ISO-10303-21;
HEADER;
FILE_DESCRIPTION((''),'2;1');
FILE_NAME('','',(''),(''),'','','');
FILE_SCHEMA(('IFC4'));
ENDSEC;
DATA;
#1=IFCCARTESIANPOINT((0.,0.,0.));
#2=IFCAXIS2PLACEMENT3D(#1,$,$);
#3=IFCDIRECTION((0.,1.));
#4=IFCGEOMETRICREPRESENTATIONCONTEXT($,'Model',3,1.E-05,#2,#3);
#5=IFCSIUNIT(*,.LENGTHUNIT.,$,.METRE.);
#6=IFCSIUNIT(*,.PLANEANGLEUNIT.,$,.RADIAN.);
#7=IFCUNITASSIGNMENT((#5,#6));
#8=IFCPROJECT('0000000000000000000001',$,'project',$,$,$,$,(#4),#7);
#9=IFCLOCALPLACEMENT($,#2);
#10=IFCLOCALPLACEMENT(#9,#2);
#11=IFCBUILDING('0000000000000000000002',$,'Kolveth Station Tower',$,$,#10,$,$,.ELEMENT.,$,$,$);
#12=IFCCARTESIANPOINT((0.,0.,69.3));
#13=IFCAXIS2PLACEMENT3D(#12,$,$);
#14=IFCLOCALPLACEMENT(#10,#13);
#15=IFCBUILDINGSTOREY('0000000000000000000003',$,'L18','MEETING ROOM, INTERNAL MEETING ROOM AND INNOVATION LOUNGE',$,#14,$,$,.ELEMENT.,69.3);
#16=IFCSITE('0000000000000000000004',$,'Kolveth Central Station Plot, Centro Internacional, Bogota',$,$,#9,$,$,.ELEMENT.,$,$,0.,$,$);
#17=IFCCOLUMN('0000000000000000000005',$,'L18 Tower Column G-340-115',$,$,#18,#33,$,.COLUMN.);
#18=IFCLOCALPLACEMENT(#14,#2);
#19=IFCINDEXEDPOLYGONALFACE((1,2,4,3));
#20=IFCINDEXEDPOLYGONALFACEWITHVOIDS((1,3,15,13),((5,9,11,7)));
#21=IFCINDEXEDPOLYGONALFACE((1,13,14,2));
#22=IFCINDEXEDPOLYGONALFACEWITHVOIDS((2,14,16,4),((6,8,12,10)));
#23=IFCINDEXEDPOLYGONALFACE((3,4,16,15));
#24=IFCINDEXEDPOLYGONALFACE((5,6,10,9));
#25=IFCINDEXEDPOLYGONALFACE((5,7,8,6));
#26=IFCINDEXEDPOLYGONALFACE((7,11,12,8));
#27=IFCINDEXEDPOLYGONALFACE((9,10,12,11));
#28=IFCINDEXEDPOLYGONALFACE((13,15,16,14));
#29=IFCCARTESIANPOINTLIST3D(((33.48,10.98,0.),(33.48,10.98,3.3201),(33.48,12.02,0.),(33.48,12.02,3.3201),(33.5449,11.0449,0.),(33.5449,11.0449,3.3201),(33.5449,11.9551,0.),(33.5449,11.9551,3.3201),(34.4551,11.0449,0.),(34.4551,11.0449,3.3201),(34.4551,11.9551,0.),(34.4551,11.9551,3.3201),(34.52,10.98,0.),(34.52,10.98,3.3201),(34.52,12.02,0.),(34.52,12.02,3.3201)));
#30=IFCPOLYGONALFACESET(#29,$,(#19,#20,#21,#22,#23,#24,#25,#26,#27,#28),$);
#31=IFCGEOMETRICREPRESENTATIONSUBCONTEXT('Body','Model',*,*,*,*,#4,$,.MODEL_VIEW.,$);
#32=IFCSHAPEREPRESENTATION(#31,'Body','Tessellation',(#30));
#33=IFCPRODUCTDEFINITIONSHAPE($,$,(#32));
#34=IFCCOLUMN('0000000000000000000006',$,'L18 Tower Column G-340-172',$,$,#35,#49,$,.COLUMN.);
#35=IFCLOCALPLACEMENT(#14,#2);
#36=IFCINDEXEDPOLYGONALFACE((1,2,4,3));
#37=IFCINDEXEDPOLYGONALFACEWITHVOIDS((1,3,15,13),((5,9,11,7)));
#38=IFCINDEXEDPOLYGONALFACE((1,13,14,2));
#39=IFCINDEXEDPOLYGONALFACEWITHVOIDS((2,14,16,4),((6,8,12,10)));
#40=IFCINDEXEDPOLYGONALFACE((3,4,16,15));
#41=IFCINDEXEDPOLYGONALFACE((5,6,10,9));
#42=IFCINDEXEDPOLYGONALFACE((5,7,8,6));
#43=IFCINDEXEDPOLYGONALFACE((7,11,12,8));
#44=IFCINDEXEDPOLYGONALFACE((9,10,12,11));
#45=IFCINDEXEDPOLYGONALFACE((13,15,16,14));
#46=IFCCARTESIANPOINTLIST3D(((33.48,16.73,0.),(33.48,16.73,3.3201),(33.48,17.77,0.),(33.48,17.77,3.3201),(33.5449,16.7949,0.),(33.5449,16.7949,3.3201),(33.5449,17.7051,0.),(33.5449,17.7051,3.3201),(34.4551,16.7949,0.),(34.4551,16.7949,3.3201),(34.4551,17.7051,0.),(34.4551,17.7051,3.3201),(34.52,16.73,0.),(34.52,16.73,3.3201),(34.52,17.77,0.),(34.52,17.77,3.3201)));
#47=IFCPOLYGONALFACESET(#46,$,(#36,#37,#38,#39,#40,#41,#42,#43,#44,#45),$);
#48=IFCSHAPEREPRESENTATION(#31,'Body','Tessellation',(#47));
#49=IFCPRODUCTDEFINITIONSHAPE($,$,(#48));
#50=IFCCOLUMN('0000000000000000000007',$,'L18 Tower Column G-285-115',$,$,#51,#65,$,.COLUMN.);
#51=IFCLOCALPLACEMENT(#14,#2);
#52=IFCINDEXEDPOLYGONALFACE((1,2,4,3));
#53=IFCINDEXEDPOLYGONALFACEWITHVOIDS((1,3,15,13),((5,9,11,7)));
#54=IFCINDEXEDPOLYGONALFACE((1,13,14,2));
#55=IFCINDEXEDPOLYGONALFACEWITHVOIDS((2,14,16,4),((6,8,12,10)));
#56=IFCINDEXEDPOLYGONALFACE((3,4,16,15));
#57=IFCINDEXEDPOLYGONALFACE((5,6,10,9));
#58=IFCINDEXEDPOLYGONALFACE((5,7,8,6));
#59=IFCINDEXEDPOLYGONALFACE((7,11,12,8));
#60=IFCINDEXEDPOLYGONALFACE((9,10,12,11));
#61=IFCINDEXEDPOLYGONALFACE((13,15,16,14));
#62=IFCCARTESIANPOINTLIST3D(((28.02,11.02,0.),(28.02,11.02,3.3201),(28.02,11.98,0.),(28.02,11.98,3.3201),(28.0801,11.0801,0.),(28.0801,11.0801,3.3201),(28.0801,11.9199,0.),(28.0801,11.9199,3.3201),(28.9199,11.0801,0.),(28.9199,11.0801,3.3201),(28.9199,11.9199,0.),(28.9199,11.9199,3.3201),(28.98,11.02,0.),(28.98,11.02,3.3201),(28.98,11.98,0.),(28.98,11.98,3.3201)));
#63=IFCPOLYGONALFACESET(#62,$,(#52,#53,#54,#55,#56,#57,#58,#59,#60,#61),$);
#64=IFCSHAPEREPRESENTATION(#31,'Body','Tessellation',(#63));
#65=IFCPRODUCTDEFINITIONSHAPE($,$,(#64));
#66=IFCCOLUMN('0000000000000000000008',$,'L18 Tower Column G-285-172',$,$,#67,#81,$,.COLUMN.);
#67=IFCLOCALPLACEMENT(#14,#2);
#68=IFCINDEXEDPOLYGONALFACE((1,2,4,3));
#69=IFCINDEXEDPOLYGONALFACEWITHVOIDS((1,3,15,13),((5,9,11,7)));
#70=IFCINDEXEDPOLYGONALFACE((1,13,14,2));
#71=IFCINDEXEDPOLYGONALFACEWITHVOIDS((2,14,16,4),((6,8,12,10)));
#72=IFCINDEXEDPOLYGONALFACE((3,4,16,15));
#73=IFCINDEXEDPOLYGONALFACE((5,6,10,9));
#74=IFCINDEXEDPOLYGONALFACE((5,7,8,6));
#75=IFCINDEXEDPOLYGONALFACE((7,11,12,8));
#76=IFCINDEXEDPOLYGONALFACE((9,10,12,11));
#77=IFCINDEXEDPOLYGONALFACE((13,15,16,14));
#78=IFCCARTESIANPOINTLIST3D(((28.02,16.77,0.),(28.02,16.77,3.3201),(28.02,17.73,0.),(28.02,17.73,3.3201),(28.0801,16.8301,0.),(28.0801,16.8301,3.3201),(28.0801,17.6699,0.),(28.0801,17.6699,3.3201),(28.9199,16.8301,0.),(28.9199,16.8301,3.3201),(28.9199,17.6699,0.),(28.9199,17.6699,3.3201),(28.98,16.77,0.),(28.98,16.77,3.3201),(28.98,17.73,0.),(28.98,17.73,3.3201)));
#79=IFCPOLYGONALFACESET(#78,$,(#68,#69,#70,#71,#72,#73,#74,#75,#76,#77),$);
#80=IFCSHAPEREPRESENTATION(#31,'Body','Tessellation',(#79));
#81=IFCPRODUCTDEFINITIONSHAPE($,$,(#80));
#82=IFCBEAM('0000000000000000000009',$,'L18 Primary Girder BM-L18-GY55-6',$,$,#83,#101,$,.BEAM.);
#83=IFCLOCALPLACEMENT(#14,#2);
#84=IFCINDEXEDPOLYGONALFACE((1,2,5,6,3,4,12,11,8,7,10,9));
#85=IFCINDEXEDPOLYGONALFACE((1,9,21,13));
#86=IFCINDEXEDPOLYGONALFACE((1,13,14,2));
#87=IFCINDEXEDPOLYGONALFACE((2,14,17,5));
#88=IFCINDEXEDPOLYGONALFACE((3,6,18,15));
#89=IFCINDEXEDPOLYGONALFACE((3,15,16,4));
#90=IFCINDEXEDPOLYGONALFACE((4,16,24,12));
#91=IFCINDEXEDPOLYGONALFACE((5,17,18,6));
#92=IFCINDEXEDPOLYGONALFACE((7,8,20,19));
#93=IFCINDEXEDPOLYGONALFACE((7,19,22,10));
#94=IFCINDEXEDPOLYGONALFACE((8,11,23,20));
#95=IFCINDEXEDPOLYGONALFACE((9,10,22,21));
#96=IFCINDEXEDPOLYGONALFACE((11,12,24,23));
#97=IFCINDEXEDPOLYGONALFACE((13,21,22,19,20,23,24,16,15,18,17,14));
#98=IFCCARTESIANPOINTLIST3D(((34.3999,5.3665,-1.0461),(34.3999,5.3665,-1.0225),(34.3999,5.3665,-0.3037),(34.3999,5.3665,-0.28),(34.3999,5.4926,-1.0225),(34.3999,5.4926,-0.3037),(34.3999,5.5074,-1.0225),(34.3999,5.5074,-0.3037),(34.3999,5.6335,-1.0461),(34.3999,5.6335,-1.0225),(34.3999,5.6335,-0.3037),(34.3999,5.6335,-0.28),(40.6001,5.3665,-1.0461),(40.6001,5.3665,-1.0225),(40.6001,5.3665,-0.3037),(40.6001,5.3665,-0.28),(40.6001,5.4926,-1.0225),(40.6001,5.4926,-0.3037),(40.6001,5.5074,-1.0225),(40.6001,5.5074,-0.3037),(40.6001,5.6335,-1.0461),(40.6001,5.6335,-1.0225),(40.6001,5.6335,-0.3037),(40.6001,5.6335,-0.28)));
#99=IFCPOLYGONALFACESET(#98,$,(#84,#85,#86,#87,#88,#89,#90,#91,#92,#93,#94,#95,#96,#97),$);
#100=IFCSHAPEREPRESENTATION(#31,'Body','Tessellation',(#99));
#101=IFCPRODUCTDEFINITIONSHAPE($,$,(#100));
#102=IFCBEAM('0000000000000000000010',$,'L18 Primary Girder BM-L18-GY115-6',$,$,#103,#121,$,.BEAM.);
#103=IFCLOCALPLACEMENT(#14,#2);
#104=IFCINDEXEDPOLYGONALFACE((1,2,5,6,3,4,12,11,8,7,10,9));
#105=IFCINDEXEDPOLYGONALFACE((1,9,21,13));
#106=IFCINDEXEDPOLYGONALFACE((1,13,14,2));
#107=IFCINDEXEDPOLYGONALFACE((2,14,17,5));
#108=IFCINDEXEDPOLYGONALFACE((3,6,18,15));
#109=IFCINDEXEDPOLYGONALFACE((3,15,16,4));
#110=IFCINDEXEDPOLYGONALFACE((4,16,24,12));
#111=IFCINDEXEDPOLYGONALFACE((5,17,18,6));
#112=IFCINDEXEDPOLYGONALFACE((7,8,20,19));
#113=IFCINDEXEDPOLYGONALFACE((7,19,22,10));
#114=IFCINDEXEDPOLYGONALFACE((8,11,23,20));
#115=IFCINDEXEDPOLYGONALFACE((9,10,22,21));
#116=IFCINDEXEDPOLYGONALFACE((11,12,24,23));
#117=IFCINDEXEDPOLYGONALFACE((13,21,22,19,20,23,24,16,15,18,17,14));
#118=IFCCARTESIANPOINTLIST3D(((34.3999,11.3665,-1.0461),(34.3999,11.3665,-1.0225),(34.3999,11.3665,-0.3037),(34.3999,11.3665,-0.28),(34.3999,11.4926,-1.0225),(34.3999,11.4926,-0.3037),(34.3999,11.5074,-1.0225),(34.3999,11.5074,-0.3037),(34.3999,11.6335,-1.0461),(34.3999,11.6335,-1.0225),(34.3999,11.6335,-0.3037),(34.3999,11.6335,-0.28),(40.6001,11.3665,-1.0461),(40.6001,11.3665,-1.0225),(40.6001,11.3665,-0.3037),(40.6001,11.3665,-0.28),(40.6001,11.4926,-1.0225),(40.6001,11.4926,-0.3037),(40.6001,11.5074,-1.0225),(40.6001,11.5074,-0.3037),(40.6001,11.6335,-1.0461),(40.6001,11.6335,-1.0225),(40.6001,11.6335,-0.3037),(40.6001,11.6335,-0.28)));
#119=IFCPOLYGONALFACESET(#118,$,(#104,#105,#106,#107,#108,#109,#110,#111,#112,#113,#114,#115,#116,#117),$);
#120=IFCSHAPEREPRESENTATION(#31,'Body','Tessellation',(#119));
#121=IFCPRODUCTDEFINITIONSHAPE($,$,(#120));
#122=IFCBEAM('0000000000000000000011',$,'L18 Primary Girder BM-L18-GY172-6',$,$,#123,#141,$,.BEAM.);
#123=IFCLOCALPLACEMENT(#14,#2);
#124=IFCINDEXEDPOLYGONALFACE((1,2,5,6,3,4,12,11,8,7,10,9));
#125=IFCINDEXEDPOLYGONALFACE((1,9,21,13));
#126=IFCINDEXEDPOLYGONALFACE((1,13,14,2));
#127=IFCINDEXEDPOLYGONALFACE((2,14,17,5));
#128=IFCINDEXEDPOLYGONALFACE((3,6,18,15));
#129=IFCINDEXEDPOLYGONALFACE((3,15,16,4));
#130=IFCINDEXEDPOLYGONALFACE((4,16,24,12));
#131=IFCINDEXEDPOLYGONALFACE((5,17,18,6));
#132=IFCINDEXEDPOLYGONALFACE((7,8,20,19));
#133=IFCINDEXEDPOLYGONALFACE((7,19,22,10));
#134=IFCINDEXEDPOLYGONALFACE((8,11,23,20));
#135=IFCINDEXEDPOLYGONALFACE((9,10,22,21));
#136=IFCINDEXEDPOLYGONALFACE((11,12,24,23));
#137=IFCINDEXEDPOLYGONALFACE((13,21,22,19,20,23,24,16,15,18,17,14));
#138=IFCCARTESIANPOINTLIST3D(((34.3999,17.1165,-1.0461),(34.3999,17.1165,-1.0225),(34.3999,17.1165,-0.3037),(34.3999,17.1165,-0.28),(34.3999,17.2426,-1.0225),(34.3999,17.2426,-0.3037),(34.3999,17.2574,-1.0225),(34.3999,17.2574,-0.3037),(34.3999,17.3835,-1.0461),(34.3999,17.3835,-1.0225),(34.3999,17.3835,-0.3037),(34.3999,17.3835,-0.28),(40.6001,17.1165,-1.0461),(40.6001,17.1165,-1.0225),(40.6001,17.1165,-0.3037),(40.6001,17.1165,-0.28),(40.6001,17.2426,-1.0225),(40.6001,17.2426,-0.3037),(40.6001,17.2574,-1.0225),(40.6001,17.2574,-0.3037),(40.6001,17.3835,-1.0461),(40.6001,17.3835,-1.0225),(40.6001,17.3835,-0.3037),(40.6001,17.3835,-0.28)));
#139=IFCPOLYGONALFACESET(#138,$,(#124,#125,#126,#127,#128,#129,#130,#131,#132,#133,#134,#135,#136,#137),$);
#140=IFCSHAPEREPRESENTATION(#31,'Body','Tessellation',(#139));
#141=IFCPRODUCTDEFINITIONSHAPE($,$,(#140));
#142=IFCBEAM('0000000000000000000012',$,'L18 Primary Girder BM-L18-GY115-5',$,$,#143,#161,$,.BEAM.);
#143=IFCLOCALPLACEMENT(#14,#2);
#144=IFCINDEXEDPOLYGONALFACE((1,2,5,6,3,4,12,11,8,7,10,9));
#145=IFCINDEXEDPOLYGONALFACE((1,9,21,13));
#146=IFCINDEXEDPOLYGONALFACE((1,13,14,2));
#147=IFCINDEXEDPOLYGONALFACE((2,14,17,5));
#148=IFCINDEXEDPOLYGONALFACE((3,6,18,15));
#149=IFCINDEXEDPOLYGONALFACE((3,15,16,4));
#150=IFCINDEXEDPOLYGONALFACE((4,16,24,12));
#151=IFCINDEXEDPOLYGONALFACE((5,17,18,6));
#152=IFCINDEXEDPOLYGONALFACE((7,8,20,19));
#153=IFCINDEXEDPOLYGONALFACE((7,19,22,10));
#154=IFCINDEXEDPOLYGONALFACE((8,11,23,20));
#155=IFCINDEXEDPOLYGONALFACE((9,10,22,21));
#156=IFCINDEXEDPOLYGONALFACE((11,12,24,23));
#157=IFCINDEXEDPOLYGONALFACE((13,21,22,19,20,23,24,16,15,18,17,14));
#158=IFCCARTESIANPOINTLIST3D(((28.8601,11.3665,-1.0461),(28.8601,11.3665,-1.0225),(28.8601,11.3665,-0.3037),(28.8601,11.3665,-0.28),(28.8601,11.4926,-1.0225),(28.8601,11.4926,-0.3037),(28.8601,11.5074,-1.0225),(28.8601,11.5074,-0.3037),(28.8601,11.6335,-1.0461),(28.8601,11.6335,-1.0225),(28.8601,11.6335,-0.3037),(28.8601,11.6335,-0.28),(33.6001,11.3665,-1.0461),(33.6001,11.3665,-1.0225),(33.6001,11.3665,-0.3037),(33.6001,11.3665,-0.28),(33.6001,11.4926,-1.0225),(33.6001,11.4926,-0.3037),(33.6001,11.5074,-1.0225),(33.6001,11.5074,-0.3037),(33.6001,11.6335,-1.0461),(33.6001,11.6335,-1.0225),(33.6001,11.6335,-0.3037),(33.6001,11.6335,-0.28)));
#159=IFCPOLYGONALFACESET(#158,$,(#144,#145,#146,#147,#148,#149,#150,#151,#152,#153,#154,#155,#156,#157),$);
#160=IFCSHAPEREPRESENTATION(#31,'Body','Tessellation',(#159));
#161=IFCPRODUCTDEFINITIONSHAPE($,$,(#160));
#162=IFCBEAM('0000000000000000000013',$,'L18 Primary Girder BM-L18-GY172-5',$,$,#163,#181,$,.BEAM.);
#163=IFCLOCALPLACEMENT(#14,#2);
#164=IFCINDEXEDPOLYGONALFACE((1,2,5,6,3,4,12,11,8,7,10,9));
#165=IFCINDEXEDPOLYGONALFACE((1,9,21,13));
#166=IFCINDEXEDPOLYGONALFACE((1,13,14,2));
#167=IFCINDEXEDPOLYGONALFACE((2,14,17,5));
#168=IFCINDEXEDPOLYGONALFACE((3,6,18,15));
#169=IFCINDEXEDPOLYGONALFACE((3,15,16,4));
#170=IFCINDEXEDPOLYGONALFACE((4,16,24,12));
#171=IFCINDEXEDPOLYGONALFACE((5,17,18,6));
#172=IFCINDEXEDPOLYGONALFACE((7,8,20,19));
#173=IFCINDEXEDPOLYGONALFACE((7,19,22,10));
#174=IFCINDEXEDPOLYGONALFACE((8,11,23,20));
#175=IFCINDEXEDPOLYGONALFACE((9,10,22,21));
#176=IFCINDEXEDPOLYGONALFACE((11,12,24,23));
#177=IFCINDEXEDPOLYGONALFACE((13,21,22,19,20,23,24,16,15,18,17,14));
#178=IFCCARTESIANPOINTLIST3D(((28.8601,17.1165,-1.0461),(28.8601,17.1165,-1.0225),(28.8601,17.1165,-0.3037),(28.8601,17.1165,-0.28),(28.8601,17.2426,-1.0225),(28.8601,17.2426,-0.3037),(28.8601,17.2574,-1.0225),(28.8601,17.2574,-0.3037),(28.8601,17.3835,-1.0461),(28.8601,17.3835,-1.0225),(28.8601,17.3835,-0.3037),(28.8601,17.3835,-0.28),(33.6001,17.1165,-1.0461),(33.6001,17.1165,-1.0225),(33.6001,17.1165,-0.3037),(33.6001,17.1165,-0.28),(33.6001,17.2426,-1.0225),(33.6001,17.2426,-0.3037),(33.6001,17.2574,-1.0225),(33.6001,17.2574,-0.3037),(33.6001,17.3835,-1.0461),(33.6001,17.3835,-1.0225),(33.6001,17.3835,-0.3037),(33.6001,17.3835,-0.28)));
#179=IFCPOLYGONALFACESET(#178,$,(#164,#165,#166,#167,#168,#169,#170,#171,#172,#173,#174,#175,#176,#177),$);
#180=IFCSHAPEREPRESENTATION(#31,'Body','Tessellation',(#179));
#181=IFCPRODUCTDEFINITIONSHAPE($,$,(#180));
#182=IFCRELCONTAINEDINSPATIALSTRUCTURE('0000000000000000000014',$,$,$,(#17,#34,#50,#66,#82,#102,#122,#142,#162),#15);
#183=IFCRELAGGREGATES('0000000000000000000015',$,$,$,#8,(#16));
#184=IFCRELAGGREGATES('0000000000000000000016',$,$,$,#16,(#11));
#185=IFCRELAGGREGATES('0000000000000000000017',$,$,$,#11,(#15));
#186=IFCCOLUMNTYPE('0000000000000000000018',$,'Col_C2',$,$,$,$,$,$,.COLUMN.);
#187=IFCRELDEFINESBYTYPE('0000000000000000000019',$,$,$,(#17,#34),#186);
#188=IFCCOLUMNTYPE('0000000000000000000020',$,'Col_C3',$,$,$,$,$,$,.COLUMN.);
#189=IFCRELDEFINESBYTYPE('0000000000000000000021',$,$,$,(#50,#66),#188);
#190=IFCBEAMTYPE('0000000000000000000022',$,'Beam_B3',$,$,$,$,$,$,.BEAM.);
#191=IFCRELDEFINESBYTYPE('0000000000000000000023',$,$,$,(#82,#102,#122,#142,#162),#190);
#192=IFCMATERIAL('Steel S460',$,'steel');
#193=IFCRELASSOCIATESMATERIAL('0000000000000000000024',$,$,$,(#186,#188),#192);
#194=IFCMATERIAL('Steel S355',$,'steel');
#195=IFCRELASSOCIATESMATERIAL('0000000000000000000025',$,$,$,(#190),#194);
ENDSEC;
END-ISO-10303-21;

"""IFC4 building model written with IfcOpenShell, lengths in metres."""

from ifc_helpers import new_model, si_unit, direction, frame, origin, origin_2d, place, context, subcontext, project, spatial, hollow_rectangle, i_section, extrude, source, transform, mapped, material, material_profile, profile_set, type_object, element, save


model = new_model("IFC4")

# Units and contexts
model_context = context("Model", 3, precision=1e-05, world=origin(), true_north=direction((0.0, 1.0)))
body_context = subcontext(model_context, "Body", "Model", "MODEL_VIEW")
ifc_project = project(units=[si_unit("LENGTHUNIT", "METRE"), si_unit("PLANEANGLEUNIT", "RADIAN")], contexts=[model_context])

# Site, building, storey
site_placement = place(None, origin())
site = spatial("IfcSite", under=ifc_project, at=site_placement, Name="Kolveth Central Station Plot, Centro Internacional, Bogota", CompositionType="ELEMENT", RefElevation=0.0)
building_placement = place(site_placement, origin())
building = spatial("IfcBuilding", under=site, at=building_placement, Name="Kolveth Station Tower", CompositionType="ELEMENT")
storey_placement = place(building_placement, frame((0.0, 0.0, 69.3)))
storey = spatial("IfcBuildingStorey", under=building, at=storey_placement, Name="L18", Description="MEETING ROOM, INTERNAL MEETING ROOM AND INNOVATION LOUNGE", CompositionType="ELEMENT", Elevation=69.3)

# Columns
ifc_material_1 = material(Name="Steel S460", Category="steel")
ifc_material_profile_1 = material_profile(ifc_material_1, hollow_rectangle(XDim=1.04, YDim=1.04, WallThickness=0.0649, at=origin_2d()), Name="BOX1040x1040x65")
ifc_profile_set_1 = profile_set([ifc_material_profile_1], Name="Steel S460")
column_type_1 = type_object("IfcColumnType", Name="Col_C2", PredefinedType="COLUMN", material=ifc_profile_set_1)
shared_shape_1 = source(origin(), body_context, "Body", "SweptSolid", [
    extrude(hollow_rectangle(XDim=1.04, YDim=1.04, WallThickness=0.0649, at=origin_2d()), origin(), (0.0, 0.0, 1.0), 3.3201),
])
for number, where, z_axis, x_axis, name in (
    (1, (34.0, 11.5, 0.0), (0.0, 0.0, 1.0), (1.0, 0.0, 0.0), "L18 Tower Column G-340-115"),
    (2, (34.0, 17.25, 0.0), (0.0, 0.0, 1.0), (1.0, 0.0, 0.0), "L18 Tower Column G-340-172"),
):
    element("IfcColumn", number, at=place(storey_placement, frame(where, z_axis=z_axis, x_axis=x_axis)), inside=storey, type_object=column_type_1, Name=name, PredefinedType="COLUMN", context=body_context, shape_type="MappedRepresentation", body=[
        mapped(shared_shape_1, transform((0.0, 0.0, 0.0), x_axis=(1.0, 0.0, 0.0), y_axis=(0.0, 1.0, 0.0), z_axis=(0.0, 0.0, 1.0), scale=1.0)),
    ])
ifc_material_profile_2 = material_profile(ifc_material_1, hollow_rectangle(XDim=0.96, YDim=0.96, WallThickness=0.0601, at=origin_2d()), Name="BOX960x960x60")
ifc_profile_set_2 = profile_set([ifc_material_profile_2], Name="Steel S460")
column_type_2 = type_object("IfcColumnType", Name="Col_C3", PredefinedType="COLUMN", material=ifc_profile_set_2)
shared_shape_2 = source(origin(), body_context, "Body", "SweptSolid", [
    extrude(hollow_rectangle(XDim=0.96, YDim=0.96, WallThickness=0.0601, at=origin_2d()), origin(), (0.0, 0.0, 1.0), 3.3201),
])
for number, where, z_axis, x_axis, name in (
    (3, (28.5, 11.5, 0.0), (0.0, 0.0, 1.0), (1.0, 0.0, 0.0), "L18 Tower Column G-285-115"),
    (4, (28.5, 17.25, 0.0), (0.0, 0.0, 1.0), (1.0, 0.0, 0.0), "L18 Tower Column G-285-172"),
):
    element("IfcColumn", number, at=place(storey_placement, frame(where, z_axis=z_axis, x_axis=x_axis)), inside=storey, type_object=column_type_2, Name=name, PredefinedType="COLUMN", context=body_context, shape_type="MappedRepresentation", body=[
        mapped(shared_shape_2, transform((0.0, 0.0, 0.0), x_axis=(1.0, 0.0, 0.0), y_axis=(0.0, 1.0, 0.0), z_axis=(0.0, 0.0, 1.0), scale=1.0)),
    ])

# Beams
ifc_material_2 = material(Name="Steel S355", Category="steel")
ifc_material_profile_3 = material_profile(ifc_material_2, i_section(OverallWidth=0.2671, OverallDepth=0.7661, WebThickness=0.0149, FlangeThickness=0.0237, at=origin_2d()), Name="W760x185")
ifc_profile_set_3 = profile_set([ifc_material_profile_3], Name="Steel S355")
beam_type_1 = type_object("IfcBeamType", Name="Beam_B3", PredefinedType="BEAM", material=ifc_profile_set_3)
shared_shape_3 = source(origin(), body_context, "Body", "SweptSolid", [
    extrude(i_section(OverallWidth=0.2671, OverallDepth=0.7661, WebThickness=0.0149, FlangeThickness=0.0237, at=origin_2d()), origin(), (0.0, 0.0, 1.0), 6.2002),
])
for number, where, z_axis, x_axis, name in (
    (5, (34.3999, 5.5, -0.6631), (1.0, 0.0, 0.0), (0.0, 1.0, 0.0), "L18 Primary Girder BM-L18-GY55-6"),
    (6, (34.3999, 11.5, -0.6631), (1.0, 0.0, 0.0), (0.0, 1.0, 0.0), "L18 Primary Girder BM-L18-GY115-6"),
    (7, (34.3999, 17.25, -0.6631), (1.0, 0.0, 0.0), (0.0, 1.0, 0.0), "L18 Primary Girder BM-L18-GY172-6"),
):
    element("IfcBeam", number, at=place(storey_placement, frame(where, z_axis=z_axis, x_axis=x_axis)), inside=storey, type_object=beam_type_1, Name=name, PredefinedType="BEAM", context=body_context, shape_type="MappedRepresentation", body=[
        mapped(shared_shape_3, transform((0.0, 0.0, 0.0), x_axis=(1.0, 0.0, 0.0), y_axis=(0.0, 1.0, 0.0), z_axis=(0.0, 0.0, 1.0), scale=1.0)),
    ])
shared_shape_4 = source(origin(), body_context, "Body", "SweptSolid", [
    extrude(i_section(OverallWidth=0.2671, OverallDepth=0.7661, WebThickness=0.0149, FlangeThickness=0.0237, at=origin_2d()), origin(), (0.0, 0.0, 1.0), 4.74),
])
for number, where, z_axis, x_axis, name in (
    (8, (28.8601, 11.5, -0.6631), (1.0, 0.0, 0.0), (0.0, 1.0, 0.0), "L18 Primary Girder BM-L18-GY115-5"),
    (9, (28.8601, 17.25, -0.6631), (1.0, 0.0, 0.0), (0.0, 1.0, 0.0), "L18 Primary Girder BM-L18-GY172-5"),
):
    element("IfcBeam", number, at=place(storey_placement, frame(where, z_axis=z_axis, x_axis=x_axis)), inside=storey, type_object=beam_type_1, Name=name, PredefinedType="BEAM", context=body_context, shape_type="MappedRepresentation", body=[
        mapped(shared_shape_4, transform((0.0, 0.0, 0.0), x_axis=(1.0, 0.0, 0.0), y_axis=(0.0, 1.0, 0.0), z_axis=(0.0, 0.0, 1.0), scale=1.0)),
    ])

save(model, "model.ifc")
